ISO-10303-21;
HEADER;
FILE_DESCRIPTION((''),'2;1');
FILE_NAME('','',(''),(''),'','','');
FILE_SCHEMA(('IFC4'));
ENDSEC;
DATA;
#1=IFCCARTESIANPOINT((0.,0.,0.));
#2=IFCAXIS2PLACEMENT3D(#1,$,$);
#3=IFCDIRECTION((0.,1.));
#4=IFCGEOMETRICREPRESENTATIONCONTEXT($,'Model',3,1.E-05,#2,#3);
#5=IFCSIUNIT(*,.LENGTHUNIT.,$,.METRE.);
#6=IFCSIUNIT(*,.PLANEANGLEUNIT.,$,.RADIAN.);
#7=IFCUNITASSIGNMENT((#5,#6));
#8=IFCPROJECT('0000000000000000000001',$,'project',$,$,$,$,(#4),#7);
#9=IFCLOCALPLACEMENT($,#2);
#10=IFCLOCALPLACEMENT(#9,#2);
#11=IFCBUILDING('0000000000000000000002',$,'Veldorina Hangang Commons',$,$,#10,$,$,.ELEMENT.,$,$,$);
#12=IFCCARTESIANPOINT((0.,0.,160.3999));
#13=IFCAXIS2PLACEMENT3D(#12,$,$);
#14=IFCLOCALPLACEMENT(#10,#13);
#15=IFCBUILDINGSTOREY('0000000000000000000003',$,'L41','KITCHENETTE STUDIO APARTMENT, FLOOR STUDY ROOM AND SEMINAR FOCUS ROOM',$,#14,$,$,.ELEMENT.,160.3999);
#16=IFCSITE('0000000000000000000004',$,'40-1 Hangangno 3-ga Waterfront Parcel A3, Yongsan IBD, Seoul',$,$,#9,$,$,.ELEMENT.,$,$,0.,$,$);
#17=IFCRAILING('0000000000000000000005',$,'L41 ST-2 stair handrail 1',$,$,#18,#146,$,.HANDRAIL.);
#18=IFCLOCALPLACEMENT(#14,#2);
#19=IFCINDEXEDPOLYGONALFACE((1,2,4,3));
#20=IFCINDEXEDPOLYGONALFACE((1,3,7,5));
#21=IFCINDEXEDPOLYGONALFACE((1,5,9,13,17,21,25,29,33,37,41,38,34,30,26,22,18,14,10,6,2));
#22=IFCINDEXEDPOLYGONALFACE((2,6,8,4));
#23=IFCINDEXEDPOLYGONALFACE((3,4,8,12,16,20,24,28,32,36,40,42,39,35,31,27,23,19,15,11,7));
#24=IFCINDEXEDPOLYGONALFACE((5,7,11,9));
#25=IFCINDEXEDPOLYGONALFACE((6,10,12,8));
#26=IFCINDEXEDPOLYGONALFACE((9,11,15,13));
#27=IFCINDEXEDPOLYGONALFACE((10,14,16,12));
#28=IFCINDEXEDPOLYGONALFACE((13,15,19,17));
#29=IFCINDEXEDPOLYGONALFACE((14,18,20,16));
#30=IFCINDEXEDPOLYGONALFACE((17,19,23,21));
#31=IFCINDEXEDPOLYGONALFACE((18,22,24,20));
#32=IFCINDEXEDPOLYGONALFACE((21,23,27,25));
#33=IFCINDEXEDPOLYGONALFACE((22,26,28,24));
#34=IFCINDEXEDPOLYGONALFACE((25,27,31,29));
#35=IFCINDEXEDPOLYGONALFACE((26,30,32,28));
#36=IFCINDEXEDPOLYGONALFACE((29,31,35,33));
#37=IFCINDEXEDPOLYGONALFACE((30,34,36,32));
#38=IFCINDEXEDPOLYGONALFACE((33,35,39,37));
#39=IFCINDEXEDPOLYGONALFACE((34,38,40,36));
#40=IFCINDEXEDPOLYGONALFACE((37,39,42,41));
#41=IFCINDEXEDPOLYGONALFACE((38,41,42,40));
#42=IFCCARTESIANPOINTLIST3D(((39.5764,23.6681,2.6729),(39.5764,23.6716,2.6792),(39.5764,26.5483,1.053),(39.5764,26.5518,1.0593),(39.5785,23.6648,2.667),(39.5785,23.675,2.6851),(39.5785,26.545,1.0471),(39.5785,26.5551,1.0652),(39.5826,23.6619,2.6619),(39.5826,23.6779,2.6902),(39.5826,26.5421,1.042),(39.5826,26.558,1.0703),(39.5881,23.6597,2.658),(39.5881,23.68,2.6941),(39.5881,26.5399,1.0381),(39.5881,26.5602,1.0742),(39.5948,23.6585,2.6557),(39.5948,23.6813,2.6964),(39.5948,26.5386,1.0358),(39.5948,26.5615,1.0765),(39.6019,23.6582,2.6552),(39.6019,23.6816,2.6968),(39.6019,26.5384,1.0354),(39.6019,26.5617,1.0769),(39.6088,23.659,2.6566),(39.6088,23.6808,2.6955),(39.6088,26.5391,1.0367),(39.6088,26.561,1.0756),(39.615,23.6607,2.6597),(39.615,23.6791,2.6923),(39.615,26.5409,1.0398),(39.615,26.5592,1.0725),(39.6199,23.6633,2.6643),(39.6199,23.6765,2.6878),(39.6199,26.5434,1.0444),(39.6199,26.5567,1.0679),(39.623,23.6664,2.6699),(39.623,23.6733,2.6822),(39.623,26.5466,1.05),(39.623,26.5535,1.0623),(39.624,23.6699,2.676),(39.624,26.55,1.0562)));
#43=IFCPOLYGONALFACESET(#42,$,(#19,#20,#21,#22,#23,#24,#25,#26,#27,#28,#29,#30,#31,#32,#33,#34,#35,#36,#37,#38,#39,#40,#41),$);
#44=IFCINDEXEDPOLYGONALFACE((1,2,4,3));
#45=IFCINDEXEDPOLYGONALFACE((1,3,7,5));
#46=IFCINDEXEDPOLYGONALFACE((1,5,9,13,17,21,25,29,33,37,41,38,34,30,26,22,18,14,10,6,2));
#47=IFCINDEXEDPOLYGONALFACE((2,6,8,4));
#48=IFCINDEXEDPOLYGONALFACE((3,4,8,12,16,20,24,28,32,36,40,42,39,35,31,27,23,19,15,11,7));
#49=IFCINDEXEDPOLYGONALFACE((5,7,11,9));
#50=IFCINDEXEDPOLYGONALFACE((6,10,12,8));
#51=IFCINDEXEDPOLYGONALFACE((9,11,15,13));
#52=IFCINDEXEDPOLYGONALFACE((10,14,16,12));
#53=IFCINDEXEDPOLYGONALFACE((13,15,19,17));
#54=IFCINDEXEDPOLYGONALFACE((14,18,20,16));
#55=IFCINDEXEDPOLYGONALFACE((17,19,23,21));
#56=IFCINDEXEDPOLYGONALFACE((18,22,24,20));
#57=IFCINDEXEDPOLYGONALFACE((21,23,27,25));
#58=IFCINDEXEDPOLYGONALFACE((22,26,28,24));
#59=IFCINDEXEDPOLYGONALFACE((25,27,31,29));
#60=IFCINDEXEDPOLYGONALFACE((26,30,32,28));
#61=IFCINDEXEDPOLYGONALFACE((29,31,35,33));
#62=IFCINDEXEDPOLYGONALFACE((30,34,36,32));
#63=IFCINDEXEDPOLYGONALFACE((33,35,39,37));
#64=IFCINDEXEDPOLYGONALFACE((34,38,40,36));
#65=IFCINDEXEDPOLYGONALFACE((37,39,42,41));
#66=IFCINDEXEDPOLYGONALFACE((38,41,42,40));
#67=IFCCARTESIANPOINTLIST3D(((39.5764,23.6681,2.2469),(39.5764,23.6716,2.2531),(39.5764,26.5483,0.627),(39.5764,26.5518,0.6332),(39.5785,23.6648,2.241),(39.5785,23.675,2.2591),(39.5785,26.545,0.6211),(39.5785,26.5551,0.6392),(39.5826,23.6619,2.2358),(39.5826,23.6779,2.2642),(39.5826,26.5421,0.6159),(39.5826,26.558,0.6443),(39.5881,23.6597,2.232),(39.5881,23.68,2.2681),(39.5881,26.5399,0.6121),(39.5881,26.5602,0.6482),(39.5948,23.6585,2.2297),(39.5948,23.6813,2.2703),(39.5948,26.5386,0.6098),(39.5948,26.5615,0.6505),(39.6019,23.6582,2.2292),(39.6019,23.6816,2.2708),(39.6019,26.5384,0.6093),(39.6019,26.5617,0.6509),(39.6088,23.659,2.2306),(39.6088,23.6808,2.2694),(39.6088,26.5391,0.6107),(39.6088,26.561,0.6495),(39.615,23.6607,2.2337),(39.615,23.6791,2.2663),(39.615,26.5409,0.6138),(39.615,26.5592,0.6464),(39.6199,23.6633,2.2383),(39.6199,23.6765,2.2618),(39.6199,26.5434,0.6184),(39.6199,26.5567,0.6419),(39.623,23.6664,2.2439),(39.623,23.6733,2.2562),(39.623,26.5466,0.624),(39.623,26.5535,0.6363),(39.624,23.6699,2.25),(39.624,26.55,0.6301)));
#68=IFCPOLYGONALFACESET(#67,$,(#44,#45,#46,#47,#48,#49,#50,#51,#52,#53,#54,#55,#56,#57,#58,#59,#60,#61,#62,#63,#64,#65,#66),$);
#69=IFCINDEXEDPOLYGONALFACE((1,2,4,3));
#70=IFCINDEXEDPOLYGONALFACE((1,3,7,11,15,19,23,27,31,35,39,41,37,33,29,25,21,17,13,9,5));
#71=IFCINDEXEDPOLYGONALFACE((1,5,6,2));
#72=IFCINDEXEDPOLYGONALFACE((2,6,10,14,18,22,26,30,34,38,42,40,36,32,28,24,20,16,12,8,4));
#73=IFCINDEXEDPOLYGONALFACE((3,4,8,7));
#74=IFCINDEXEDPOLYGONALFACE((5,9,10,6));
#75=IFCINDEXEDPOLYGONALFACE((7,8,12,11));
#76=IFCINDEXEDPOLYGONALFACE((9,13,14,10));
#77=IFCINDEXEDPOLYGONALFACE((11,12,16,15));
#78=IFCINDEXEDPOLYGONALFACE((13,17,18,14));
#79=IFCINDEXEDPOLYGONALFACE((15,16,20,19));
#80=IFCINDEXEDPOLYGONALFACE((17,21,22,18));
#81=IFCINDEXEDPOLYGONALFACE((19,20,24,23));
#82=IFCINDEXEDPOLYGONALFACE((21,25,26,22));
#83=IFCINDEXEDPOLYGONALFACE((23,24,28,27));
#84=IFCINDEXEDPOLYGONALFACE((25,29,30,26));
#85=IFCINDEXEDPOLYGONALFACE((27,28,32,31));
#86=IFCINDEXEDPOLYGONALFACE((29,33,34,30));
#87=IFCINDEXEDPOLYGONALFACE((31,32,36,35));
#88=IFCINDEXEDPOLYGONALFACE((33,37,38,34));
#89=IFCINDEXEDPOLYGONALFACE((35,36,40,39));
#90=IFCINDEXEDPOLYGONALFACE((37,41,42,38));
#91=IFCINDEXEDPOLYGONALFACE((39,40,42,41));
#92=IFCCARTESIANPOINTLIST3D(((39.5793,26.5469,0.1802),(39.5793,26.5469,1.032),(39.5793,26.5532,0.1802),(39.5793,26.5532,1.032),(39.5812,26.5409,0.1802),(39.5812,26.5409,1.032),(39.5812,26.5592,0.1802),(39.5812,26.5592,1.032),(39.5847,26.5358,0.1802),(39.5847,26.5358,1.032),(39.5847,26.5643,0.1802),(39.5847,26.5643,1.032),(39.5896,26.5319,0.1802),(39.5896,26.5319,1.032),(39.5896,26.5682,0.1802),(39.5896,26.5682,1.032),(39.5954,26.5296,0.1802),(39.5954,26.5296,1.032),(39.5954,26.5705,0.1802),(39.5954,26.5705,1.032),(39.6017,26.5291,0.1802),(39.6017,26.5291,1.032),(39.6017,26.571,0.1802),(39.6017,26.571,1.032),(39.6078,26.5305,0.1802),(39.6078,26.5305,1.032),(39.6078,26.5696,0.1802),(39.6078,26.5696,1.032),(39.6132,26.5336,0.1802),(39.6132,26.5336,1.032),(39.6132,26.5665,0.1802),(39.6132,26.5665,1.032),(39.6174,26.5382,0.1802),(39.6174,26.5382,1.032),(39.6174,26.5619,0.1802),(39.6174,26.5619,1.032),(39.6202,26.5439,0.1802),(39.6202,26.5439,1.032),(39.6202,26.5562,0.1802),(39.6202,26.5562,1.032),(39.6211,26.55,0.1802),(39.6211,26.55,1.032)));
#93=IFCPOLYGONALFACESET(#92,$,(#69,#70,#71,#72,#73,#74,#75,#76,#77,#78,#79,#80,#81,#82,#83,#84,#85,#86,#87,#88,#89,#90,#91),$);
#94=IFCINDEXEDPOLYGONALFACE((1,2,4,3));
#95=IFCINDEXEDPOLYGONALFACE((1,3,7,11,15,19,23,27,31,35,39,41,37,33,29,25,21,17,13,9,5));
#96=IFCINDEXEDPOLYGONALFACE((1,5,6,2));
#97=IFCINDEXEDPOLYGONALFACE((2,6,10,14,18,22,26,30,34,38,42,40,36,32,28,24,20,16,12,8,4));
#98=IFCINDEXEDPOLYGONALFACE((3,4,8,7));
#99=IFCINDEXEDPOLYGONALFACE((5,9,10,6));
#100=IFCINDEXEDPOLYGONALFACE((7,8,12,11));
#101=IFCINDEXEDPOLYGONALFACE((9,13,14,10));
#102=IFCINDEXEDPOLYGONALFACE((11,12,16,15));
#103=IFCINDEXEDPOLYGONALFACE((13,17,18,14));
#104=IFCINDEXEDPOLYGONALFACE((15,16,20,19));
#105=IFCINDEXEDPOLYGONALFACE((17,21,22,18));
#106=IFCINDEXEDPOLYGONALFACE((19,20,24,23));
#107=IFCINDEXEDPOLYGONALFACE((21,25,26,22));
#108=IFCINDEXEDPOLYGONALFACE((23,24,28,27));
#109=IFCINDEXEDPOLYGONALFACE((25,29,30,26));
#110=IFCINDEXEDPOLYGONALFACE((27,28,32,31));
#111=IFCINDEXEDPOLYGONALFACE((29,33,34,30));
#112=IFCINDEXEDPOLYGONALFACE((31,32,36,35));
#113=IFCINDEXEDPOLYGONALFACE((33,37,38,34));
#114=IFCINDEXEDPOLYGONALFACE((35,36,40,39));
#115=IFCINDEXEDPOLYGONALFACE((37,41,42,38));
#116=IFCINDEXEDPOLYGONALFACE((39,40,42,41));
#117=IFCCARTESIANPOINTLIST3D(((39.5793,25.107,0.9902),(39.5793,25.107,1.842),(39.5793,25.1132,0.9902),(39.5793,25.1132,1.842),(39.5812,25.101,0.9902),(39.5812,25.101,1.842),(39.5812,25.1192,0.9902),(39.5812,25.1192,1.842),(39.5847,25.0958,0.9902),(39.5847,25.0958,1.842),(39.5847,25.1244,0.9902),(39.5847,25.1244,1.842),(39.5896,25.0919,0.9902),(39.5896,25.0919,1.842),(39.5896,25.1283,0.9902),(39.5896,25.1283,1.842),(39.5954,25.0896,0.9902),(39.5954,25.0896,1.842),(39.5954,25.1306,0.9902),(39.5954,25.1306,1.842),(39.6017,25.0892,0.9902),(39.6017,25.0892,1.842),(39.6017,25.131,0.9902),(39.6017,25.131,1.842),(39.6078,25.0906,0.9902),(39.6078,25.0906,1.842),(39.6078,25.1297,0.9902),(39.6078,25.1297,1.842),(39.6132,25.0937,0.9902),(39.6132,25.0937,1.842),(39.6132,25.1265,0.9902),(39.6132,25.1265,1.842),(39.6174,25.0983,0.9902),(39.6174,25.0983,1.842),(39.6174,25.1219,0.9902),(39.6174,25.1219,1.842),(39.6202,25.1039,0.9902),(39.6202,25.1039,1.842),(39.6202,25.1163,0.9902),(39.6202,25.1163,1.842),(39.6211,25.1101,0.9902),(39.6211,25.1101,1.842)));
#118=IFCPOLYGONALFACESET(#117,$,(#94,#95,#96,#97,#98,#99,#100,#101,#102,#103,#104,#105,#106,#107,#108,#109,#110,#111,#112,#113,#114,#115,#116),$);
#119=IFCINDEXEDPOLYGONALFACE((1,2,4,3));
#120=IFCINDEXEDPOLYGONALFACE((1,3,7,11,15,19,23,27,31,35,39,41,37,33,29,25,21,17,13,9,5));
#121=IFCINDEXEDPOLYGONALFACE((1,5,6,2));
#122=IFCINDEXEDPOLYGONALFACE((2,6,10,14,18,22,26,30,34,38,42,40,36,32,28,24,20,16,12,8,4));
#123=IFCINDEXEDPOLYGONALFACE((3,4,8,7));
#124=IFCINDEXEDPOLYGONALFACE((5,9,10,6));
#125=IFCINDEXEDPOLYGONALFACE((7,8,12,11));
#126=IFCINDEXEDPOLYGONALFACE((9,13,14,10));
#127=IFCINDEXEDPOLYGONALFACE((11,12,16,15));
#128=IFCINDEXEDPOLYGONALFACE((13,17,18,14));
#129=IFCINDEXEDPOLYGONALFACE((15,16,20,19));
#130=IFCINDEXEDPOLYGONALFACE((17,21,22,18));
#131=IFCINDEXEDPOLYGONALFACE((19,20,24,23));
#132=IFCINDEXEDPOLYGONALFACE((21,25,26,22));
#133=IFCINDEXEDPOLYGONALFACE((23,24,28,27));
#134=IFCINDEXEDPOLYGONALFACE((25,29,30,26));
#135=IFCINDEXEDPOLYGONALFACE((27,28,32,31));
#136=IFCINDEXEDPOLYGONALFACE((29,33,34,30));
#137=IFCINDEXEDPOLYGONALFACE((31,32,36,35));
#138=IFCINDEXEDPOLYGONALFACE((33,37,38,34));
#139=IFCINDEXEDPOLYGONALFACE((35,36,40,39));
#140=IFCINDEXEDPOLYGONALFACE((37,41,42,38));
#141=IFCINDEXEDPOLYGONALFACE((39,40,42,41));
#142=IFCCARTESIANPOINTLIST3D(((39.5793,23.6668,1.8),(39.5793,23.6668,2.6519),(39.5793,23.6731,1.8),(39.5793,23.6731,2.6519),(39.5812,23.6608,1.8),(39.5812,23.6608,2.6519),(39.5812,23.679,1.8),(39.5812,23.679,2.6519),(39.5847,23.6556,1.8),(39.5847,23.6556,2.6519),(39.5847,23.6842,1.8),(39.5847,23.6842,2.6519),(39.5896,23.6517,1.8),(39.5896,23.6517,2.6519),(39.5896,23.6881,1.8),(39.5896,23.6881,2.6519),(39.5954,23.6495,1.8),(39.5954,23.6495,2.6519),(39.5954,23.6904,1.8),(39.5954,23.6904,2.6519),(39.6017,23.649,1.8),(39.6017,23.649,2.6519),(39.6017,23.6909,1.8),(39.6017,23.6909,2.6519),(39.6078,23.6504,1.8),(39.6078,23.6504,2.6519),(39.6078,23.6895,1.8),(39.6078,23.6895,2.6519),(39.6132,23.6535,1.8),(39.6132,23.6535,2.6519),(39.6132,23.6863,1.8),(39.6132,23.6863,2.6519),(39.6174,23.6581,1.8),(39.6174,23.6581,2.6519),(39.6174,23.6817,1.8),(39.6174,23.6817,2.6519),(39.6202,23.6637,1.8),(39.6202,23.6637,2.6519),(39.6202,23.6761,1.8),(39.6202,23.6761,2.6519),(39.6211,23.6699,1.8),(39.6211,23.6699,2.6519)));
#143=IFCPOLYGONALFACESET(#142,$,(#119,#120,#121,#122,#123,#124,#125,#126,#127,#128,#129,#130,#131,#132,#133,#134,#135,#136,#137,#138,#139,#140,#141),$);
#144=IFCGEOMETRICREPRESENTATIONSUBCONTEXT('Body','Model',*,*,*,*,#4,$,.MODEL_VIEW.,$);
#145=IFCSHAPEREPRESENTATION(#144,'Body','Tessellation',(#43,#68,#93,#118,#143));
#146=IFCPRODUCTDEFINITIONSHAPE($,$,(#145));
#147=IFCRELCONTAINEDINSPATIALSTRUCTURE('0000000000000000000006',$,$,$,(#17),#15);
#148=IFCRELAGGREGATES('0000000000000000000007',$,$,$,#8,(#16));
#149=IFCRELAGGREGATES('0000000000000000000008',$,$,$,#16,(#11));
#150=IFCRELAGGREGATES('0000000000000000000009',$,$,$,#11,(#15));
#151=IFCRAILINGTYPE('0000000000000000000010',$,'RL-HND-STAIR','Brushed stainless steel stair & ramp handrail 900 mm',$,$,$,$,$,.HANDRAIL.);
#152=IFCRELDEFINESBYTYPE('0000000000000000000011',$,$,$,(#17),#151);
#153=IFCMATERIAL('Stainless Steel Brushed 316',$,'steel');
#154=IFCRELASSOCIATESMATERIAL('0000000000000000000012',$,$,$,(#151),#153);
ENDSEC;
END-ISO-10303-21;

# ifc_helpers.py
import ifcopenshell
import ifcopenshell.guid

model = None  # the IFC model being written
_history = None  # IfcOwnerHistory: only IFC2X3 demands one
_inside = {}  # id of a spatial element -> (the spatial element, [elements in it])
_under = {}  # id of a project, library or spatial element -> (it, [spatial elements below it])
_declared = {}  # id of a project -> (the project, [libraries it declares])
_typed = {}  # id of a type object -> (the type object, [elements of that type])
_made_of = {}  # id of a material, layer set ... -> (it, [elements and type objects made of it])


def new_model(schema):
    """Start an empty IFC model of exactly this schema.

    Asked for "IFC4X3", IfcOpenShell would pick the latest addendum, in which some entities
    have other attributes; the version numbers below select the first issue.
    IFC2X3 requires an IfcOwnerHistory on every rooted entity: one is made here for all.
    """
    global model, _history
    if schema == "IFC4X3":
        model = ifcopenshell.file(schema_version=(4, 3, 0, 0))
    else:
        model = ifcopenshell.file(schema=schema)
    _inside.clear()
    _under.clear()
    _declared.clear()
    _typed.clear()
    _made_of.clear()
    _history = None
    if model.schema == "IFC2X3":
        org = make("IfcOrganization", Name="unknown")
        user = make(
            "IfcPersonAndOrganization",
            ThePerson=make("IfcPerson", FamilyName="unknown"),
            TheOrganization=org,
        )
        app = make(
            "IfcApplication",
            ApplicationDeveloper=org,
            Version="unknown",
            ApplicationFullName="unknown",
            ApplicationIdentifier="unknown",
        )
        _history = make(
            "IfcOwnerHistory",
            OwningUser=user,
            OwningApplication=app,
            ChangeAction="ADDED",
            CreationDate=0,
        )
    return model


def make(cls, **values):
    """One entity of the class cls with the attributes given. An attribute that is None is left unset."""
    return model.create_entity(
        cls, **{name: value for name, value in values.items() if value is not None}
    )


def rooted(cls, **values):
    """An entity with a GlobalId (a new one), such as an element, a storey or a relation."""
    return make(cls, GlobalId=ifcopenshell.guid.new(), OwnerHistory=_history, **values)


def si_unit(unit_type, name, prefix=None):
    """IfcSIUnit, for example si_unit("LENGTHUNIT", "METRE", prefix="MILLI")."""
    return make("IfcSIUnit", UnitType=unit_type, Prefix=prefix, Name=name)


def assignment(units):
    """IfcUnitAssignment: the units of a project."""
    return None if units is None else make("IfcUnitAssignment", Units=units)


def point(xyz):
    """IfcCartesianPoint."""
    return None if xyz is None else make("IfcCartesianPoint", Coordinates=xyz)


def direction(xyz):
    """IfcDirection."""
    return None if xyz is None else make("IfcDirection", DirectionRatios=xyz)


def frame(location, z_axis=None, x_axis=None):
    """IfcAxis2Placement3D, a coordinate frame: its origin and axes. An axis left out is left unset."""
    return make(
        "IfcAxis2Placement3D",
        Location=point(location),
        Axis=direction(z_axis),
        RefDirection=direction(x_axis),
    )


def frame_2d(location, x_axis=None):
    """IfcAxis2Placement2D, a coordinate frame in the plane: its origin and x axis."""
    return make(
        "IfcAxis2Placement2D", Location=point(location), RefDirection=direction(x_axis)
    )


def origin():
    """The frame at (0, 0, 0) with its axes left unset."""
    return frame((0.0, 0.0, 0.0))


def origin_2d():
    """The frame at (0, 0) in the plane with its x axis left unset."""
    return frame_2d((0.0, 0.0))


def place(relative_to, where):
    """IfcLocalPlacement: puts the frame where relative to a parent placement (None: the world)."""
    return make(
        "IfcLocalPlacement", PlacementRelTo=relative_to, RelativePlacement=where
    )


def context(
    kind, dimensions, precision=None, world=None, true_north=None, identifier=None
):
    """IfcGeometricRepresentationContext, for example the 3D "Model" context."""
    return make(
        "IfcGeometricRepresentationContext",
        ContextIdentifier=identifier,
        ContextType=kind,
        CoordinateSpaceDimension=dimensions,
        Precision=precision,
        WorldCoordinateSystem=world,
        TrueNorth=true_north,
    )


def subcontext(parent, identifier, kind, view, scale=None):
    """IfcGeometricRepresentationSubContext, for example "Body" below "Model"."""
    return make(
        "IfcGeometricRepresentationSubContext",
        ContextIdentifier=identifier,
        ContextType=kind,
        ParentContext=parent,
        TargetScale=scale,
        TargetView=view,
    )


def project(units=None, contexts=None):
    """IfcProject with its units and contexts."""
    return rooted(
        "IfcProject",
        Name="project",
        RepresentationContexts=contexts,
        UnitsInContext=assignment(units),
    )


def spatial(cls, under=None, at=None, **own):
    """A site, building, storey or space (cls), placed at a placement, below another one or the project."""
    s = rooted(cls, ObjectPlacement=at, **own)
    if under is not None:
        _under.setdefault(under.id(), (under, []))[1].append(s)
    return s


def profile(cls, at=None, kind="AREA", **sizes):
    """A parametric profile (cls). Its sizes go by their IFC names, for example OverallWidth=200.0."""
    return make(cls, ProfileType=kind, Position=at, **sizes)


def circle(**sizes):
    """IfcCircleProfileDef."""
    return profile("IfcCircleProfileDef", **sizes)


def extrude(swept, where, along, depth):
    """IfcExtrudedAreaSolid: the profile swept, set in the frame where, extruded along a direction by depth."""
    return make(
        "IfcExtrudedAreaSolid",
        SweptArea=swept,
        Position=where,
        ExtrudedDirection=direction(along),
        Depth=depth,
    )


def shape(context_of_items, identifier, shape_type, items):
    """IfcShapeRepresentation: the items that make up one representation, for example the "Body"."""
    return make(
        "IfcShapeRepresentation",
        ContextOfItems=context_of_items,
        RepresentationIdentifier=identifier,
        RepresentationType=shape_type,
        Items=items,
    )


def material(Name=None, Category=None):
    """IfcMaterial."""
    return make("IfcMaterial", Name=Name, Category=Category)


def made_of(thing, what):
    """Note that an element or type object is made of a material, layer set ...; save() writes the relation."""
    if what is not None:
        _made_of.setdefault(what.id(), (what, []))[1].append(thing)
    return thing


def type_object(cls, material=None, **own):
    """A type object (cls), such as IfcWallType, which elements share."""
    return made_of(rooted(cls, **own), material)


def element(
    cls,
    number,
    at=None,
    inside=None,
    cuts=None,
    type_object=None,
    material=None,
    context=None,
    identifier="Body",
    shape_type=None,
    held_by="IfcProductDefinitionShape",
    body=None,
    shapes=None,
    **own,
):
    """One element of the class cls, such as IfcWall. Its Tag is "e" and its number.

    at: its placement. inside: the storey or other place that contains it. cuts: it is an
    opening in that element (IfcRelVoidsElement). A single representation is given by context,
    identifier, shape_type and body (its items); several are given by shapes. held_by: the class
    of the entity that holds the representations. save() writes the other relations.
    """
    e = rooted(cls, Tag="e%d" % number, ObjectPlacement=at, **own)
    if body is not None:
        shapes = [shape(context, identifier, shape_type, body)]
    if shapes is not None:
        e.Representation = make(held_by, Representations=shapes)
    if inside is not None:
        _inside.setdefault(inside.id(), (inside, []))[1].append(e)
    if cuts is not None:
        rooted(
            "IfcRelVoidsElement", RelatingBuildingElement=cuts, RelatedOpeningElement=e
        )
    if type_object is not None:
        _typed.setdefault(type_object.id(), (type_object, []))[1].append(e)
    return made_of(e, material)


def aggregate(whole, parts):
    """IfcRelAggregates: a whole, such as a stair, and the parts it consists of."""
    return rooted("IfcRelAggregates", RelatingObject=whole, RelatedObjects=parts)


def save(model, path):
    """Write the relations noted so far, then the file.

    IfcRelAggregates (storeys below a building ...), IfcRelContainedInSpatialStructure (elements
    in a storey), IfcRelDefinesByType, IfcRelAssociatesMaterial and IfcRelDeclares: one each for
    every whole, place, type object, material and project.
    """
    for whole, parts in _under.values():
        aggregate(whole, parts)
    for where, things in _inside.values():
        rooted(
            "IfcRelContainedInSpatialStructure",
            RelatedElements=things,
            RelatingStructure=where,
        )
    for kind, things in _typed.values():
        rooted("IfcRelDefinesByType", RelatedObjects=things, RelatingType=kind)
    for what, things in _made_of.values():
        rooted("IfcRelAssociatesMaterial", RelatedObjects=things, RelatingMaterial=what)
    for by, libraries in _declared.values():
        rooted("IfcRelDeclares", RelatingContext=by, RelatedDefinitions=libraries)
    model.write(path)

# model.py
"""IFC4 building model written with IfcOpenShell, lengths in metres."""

from ifc_helpers import new_model, si_unit, direction, frame, origin, origin_2d, place, context, subcontext, project, spatial, circle, extrude, material, type_object, element, save


model = new_model("IFC4")

# Units and contexts
model_context = context("Model", 3, precision=1e-05, world=origin(), true_north=direction((0.0, 1.0)))
body_context = subcontext(model_context, "Body", "Model", "MODEL_VIEW")
ifc_project = project(units=[si_unit("LENGTHUNIT", "METRE"), si_unit("PLANEANGLEUNIT", "RADIAN")], contexts=[model_context])

# Site, building, storey
site_placement = place(None, origin())
site = spatial("IfcSite", under=ifc_project, at=site_placement, Name="40-1 Hangangno 3-ga Waterfront Parcel A3, Yongsan IBD, Seoul", CompositionType="ELEMENT", RefElevation=0.0)
building_placement = place(site_placement, origin())
building = spatial("IfcBuilding", under=site, at=building_placement, Name="Veldorina Hangang Commons", CompositionType="ELEMENT")
storey_placement = place(building_placement, frame((0.0, 0.0, 160.3999)))
storey = spatial("IfcBuildingStorey", under=building, at=storey_placement, Name="L41", Description="KITCHENETTE STUDIO APARTMENT, FLOOR STUDY ROOM AND SEMINAR FOCUS ROOM", CompositionType="ELEMENT", Elevation=160.3999)

# Railing
ifc_material_1 = material(Name="Stainless Steel Brushed 316", Category="steel")
railing_type_1 = type_object("IfcRailingType", Name="RL-HND-STAIR", Description="Brushed stainless steel stair & ramp handrail 900 mm", PredefinedType="HANDRAIL", material=ifc_material_1)
railing_1_placement = place(storey_placement, frame((39.6001, 26.55, 0.1802)))
element("IfcRailing", 1, at=railing_1_placement, inside=storey, type_object=railing_type_1, Name="L41 ST-2 stair handrail 1", PredefinedType="HANDRAIL", context=body_context, shape_type="SweptSolid", body=[
    extrude(circle(Radius=0.0239, at=origin_2d()), frame((0.0, 0.0, 0.876), z_axis=(0.0, -0.871601, 0.490216), x_axis=(1.0, 0.0, 0.0)), (0.0, 0.0, 1.0), 3.3044),
    extrude(circle(Radius=0.0239, at=origin_2d()), frame((0.0, 0.0, 0.45), z_axis=(0.0, -0.871601, 0.490216), x_axis=(1.0, 0.0, 0.0)), (0.0, 0.0, 1.0), 3.3044),
    extrude(circle(Radius=0.021, at=origin_2d()), origin(), (0.0, 0.0, 1.0), 0.8518),
    extrude(circle(Radius=0.021, at=origin_2d()), frame((0.0, -1.4399, 0.8101)), (0.0, 0.0, 1.0), 0.8518),
    extrude(circle(Radius=0.021, at=origin_2d()), frame((0.0, -2.8801, 1.6199)), (0.0, 0.0, 1.0), 0.8518),
])

save(model, "model.ifc")
